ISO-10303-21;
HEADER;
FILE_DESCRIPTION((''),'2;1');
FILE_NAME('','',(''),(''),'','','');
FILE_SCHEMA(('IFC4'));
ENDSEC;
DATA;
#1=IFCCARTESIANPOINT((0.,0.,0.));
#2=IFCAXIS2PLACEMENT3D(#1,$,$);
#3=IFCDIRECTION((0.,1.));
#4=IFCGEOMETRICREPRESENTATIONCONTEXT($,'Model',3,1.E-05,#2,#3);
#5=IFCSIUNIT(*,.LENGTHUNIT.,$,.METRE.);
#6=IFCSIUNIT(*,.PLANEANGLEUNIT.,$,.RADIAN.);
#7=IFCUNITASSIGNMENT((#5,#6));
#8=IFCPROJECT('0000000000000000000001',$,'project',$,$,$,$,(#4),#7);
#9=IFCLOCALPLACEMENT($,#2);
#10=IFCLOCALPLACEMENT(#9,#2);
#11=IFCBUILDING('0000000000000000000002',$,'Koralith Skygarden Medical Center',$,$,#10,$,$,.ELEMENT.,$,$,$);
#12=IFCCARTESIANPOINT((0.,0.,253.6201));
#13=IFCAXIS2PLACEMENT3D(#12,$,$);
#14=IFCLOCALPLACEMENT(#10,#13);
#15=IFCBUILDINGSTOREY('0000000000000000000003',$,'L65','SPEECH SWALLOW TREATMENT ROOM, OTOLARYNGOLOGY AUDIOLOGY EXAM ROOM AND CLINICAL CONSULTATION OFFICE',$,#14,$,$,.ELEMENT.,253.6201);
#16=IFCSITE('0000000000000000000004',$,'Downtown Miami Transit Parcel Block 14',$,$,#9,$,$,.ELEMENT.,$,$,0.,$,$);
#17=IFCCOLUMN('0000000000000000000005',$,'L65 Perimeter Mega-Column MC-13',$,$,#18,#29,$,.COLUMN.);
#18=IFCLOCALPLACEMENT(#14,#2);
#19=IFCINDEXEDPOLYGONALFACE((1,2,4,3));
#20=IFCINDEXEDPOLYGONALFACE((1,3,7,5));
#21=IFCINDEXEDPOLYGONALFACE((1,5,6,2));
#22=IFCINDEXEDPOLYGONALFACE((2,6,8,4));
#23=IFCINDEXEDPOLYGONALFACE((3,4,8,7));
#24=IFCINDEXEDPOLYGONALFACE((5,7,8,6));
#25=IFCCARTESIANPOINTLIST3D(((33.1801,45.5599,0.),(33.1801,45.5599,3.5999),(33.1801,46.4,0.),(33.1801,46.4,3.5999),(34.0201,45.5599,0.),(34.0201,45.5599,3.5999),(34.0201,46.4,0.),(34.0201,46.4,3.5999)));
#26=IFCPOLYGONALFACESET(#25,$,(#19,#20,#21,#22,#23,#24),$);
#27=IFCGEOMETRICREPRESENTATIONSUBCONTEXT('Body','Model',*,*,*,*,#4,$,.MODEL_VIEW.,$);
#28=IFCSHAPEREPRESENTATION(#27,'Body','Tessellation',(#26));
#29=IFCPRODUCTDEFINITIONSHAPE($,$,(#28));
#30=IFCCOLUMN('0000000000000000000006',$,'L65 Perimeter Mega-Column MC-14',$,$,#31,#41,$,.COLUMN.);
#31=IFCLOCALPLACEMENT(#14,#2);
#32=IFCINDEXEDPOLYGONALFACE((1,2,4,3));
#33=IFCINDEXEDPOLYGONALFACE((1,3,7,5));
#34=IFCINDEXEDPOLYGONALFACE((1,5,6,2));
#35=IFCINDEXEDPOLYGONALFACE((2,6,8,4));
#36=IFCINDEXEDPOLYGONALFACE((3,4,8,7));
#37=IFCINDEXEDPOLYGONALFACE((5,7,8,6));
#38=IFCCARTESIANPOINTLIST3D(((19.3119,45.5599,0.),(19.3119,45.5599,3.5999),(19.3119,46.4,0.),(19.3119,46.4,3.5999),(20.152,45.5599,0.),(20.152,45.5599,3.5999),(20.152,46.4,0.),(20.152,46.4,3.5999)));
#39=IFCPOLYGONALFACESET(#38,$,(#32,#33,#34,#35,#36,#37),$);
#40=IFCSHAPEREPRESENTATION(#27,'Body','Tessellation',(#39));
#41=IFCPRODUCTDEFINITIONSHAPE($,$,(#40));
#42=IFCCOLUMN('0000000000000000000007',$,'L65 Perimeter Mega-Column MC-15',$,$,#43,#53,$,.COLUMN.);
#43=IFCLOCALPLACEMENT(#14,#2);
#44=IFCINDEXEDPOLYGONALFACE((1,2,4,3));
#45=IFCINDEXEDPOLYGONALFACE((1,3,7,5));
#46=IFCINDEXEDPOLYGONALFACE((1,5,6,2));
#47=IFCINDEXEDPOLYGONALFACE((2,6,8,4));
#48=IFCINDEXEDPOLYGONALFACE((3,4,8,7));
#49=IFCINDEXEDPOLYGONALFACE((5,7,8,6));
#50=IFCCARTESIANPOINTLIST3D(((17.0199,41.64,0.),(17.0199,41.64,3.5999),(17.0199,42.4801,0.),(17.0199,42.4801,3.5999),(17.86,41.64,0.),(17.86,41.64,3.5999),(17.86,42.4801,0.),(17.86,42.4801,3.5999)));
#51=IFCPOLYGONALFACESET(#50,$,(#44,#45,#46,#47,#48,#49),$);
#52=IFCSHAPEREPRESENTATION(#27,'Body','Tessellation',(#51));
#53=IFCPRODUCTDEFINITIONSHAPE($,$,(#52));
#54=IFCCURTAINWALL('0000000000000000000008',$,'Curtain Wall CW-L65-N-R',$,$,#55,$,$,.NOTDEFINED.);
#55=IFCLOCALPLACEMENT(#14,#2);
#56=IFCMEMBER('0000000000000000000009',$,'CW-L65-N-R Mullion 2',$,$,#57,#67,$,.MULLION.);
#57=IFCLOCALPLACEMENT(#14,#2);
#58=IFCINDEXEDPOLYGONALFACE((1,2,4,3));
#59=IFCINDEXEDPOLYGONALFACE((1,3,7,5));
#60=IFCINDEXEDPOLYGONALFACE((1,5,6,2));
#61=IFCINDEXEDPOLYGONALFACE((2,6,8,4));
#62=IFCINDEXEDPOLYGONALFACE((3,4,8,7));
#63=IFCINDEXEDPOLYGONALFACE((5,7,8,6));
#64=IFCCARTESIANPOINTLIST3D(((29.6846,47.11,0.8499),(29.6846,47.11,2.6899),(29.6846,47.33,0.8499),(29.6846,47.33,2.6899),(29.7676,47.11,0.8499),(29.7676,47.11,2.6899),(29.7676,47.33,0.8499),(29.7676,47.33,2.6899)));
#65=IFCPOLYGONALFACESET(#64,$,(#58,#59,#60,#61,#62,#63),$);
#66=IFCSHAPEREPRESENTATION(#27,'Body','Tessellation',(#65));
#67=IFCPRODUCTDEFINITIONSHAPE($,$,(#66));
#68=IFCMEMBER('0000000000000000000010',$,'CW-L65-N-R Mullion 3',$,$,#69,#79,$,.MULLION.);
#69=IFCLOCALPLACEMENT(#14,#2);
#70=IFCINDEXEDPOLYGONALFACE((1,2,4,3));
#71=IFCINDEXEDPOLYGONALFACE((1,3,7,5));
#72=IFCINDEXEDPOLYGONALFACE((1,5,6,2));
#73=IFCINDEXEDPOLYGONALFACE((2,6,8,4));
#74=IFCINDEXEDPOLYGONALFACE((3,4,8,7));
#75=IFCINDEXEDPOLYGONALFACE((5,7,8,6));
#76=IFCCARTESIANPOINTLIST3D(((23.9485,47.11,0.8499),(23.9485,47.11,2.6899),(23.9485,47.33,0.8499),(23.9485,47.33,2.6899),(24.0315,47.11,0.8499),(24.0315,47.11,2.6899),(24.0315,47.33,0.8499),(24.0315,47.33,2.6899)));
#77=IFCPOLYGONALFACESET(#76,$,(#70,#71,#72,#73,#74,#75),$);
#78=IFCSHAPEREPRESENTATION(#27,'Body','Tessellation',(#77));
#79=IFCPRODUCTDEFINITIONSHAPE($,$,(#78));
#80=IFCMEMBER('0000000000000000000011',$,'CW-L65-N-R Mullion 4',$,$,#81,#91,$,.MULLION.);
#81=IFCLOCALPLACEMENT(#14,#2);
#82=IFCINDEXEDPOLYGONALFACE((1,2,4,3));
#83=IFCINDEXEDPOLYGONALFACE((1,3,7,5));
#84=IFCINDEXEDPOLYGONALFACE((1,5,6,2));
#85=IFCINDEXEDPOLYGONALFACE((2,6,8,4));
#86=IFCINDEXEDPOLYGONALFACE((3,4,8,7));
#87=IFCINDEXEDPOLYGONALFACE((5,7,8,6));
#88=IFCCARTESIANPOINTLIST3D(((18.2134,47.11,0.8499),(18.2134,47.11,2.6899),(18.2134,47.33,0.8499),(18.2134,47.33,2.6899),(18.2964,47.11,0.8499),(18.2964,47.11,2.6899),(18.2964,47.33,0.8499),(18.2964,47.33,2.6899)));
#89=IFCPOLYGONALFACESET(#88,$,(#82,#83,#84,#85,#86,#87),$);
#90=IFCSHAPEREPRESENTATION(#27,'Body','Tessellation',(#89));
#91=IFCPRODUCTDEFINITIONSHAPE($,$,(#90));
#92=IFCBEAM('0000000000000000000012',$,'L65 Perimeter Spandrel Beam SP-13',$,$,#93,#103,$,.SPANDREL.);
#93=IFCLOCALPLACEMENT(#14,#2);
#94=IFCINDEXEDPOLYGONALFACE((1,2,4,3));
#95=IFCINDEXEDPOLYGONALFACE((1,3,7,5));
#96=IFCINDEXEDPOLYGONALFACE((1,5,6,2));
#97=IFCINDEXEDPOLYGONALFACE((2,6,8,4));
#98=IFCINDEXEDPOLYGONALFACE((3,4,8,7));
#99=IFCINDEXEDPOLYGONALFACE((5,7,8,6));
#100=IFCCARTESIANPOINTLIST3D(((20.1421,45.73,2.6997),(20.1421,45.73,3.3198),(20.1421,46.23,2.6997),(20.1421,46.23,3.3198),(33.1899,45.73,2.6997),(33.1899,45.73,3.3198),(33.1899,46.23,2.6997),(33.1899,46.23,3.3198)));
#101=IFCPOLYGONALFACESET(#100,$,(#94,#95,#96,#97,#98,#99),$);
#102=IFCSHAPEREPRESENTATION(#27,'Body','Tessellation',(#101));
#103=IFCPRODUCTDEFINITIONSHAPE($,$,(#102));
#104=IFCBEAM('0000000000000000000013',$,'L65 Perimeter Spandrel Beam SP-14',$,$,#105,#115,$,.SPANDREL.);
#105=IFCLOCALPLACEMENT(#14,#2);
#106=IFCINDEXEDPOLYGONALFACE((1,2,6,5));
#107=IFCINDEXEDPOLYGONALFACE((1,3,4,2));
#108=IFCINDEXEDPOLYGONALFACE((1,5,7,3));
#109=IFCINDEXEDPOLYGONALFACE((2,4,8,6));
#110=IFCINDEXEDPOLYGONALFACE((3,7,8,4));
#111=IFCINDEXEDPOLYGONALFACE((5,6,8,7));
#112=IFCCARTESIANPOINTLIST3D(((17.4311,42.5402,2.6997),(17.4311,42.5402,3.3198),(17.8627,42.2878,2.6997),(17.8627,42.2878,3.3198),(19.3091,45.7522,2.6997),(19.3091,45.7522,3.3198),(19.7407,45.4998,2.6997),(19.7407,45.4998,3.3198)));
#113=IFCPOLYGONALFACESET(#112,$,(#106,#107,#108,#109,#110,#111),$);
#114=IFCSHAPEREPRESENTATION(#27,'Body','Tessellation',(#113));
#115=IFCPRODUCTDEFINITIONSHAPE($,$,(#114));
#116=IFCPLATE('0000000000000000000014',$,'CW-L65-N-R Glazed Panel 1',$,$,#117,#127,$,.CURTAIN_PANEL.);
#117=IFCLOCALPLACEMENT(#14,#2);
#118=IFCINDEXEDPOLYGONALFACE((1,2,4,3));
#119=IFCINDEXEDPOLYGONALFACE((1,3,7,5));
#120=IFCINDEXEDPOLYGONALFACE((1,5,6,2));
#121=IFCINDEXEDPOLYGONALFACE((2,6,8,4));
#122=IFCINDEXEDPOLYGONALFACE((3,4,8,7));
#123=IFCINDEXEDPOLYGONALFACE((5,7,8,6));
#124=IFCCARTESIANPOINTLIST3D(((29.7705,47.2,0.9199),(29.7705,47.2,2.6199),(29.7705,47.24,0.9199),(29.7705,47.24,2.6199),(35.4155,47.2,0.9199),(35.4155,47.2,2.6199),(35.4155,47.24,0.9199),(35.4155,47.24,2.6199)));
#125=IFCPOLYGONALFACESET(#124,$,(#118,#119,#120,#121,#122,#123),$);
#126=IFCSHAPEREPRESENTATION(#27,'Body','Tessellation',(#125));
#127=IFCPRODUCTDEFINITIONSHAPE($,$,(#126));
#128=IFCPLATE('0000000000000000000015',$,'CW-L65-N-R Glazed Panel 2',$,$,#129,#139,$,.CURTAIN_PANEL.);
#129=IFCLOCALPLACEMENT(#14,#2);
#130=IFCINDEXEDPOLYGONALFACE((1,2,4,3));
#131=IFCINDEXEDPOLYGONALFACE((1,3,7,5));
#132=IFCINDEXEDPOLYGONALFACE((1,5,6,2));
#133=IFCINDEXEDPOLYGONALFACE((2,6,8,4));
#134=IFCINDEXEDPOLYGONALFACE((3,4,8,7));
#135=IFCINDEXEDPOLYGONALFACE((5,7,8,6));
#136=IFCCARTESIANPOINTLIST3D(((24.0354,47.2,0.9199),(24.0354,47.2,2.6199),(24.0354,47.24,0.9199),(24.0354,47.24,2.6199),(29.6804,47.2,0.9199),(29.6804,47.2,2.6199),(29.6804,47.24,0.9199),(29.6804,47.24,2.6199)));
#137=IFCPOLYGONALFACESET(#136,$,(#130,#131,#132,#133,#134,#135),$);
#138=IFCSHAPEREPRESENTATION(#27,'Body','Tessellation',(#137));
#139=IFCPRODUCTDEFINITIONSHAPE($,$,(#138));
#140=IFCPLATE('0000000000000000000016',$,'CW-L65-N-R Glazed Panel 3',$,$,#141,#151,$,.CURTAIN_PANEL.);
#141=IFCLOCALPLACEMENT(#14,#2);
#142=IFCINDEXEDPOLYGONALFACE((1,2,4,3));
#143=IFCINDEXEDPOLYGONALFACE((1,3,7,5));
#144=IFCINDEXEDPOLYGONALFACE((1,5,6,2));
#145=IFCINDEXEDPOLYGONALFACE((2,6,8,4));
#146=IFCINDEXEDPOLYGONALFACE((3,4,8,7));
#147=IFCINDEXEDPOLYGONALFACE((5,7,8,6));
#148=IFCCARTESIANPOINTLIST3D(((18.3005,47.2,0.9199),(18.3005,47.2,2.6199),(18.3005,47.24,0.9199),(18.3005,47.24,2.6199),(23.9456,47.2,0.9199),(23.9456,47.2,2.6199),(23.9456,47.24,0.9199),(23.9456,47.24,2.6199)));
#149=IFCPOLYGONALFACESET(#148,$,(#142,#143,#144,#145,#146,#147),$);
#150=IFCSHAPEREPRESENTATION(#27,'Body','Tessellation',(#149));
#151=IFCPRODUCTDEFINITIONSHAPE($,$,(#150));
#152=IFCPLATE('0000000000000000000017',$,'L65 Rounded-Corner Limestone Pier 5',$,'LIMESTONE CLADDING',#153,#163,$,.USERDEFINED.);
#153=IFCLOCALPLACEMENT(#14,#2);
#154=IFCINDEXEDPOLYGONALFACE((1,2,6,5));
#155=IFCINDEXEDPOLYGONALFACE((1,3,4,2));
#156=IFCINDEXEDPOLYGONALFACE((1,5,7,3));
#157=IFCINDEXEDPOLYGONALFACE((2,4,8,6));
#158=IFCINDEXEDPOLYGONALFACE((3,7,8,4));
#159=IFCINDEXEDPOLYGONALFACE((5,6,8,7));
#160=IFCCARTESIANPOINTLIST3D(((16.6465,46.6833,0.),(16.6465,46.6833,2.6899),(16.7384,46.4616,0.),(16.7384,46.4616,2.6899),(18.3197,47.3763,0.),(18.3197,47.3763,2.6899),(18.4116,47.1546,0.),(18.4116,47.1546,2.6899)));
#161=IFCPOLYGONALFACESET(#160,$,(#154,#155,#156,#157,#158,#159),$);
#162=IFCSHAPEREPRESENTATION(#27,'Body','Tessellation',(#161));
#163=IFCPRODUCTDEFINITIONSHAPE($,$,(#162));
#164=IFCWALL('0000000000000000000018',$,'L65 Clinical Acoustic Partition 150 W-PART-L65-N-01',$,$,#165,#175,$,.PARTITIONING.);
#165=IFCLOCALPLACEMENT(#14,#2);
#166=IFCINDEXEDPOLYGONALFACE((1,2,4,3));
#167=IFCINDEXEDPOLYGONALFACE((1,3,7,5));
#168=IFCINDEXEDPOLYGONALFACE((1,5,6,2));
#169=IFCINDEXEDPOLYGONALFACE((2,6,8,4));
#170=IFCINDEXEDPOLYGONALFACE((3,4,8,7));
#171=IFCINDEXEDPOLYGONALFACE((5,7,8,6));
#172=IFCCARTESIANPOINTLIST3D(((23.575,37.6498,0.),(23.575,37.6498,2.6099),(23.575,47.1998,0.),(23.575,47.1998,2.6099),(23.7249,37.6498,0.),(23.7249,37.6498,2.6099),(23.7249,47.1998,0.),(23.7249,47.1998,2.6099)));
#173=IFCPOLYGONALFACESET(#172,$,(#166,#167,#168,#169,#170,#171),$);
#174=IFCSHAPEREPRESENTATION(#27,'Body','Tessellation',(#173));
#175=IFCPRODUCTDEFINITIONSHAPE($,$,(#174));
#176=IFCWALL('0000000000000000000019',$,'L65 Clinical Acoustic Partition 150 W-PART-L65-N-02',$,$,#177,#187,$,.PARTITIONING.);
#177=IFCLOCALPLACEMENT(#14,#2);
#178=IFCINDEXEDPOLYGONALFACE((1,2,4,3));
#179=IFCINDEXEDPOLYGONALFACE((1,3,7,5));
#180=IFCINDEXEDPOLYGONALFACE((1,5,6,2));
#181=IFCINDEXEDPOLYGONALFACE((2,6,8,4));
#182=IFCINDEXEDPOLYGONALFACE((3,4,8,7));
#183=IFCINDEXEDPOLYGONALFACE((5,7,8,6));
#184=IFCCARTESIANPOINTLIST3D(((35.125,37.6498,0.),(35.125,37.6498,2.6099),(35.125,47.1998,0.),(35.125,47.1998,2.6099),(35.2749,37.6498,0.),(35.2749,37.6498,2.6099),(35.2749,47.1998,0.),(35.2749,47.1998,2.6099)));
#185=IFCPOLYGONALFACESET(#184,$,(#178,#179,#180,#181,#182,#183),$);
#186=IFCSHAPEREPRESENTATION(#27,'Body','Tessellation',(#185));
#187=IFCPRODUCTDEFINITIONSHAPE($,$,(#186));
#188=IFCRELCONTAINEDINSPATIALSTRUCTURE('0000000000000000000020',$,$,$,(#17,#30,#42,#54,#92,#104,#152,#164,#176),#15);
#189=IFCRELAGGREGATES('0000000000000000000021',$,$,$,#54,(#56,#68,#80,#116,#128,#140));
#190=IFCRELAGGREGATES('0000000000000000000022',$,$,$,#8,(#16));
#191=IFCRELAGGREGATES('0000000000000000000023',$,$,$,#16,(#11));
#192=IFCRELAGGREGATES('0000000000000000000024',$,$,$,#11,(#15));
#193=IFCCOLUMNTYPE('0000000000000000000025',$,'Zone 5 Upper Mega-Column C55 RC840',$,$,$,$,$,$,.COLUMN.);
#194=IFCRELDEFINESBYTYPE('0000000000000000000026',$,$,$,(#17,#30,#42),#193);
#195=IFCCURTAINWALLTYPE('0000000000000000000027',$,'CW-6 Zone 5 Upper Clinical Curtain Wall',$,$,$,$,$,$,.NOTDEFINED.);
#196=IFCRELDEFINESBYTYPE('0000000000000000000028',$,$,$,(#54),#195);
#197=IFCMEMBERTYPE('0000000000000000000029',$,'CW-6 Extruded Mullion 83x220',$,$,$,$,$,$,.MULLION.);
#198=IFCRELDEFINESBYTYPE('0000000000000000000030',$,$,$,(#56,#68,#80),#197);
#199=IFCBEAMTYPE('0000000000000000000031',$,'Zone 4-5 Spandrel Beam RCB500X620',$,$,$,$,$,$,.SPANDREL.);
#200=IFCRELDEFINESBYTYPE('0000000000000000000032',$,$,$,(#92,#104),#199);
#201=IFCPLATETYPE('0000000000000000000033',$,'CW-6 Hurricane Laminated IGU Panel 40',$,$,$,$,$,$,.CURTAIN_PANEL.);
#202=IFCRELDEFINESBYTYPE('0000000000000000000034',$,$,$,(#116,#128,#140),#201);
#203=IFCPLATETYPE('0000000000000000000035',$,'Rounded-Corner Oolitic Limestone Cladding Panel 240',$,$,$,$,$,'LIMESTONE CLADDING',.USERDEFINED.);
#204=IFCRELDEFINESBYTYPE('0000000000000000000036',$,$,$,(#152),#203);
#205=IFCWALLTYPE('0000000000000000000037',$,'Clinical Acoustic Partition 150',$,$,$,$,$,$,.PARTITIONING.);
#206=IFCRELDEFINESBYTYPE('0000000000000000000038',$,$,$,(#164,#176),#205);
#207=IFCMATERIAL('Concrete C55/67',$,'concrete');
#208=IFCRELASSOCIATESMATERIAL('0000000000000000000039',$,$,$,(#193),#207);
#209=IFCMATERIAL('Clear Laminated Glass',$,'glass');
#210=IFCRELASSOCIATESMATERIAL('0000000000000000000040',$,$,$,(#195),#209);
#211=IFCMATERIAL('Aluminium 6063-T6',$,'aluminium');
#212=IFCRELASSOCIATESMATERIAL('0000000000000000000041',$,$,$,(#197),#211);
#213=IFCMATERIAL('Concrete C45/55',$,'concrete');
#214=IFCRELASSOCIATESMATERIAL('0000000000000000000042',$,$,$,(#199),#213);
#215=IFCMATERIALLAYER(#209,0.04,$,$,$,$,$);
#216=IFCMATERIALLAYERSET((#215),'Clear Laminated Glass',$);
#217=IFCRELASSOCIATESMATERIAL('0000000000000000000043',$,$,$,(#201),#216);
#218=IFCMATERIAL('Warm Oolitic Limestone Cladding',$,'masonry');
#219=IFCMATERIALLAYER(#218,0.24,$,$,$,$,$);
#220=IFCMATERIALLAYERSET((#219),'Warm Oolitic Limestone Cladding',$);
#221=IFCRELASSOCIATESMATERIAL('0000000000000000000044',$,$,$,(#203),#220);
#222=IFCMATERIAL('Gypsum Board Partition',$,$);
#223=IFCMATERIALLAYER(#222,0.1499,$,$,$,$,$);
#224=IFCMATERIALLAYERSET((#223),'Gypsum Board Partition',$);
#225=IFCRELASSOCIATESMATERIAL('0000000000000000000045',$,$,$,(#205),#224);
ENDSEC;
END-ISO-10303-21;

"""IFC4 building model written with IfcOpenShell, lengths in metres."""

from ifc_helpers import new_model, si_unit, direction, frame, frame_2d, origin, origin_2d, place, context, subcontext, project, spatial, rectangle, extrude, material, layer, layer_set, material_profile, profile_set, type_object, element, aggregate, save


model = new_model("IFC4")

# Units and contexts
model_context = context("Model", 3, precision=1e-05, world=origin(), true_north=direction((0.0, 1.0)))
body_context = subcontext(model_context, "Body", "Model", "MODEL_VIEW")
ifc_project = project(units=[si_unit("LENGTHUNIT", "METRE"), si_unit("PLANEANGLEUNIT", "RADIAN")], contexts=[model_context])

# Site, building, storey
site_placement = place(None, origin())
site = spatial("IfcSite", under=ifc_project, at=site_placement, Name="Downtown Miami Transit Parcel Block 14", CompositionType="ELEMENT", RefElevation=0.0)
building_placement = place(site_placement, origin())
building = spatial("IfcBuilding", under=site, at=building_placement, Name="Koralith Skygarden Medical Center", CompositionType="ELEMENT")
storey_placement = place(building_placement, frame((0.0, 0.0, 253.6201)))
storey = spatial("IfcBuildingStorey", under=building, at=storey_placement, Name="L65", Description="SPEECH SWALLOW TREATMENT ROOM, OTOLARYNGOLOGY AUDIOLOGY EXAM ROOM AND CLINICAL CONSULTATION OFFICE", CompositionType="ELEMENT", Elevation=253.6201)

# Columns
ifc_material_1 = material(Name="Concrete C55/67", Category="concrete")
ifc_material_profile_1 = material_profile(ifc_material_1, rectangle(XDim=0.8401, YDim=0.8401, at=origin_2d()), Name="RC840X840")
ifc_profile_set_1 = profile_set([ifc_material_profile_1], Name="Concrete C55/67")
column_type = type_object("IfcColumnType", Name="Zone 5 Upper Mega-Column C55 RC840", PredefinedType="COLUMN", material=ifc_profile_set_1)
for number, where, z_axis, x_axis, name in (
    (1, (33.6001, 45.98, 0.0), (0.0, 0.0, 1.0), (1.0, 0.0, 0.0), "L65 Perimeter Mega-Column MC-13"),
    (2, (19.7319, 45.98, 0.0), (0.0, 0.0, 1.0), (1.0, 0.0, 0.0), "L65 Perimeter Mega-Column MC-14"),
    (3, (17.4399, 42.0601, 0.0), (0.0, 0.0, 1.0), (1.0, 0.0, 0.0), "L65 Perimeter Mega-Column MC-15"),
):
    element("IfcColumn", number, at=place(storey_placement, frame(where, z_axis=z_axis, x_axis=x_axis)), inside=storey, type_object=column_type, Name=name, PredefinedType="COLUMN", context=body_context, shape_type="SweptSolid", body=[
        extrude(rectangle(XDim=0.8401, YDim=0.8401, at=origin_2d()), origin(), (0.0, 0.0, 1.0), 3.5999),
    ])

# Curtain wall, members
ifc_material_2 = material(Name="Clear Laminated Glass", Category="glass")
curtain_wall_type = type_object("IfcCurtainWallType", Name="CW-6 Zone 5 Upper Clinical Curtain Wall", PredefinedType="NOTDEFINED", material=ifc_material_2)
curtain_wall_placement = place(storey_placement, origin())
curtain_wall = element("IfcCurtainWall", 4, at=curtain_wall_placement, inside=storey, type_object=curtain_wall_type, Name="Curtain Wall CW-L65-N-R", PredefinedType="NOTDEFINED")
ifc_material_3 = material(Name="Aluminium 6063-T6", Category="aluminium")
ifc_material_profile_2 = material_profile(ifc_material_3, rectangle(XDim=0.083, YDim=0.22, at=origin_2d()), Name="MUL83X220")
ifc_profile_set_2 = profile_set([ifc_material_profile_2], Name="Aluminium 6063-T6")
member_type = type_object("IfcMemberType", Name="CW-6 Extruded Mullion 83x220", PredefinedType="MULLION", material=ifc_profile_set_2)
member_1_placement = place(storey_placement, frame((29.7261, 47.22, 0.8499), z_axis=(0.0, 0.0, 1.0), x_axis=(1.0, 0.0, 0.0)))
member_1 = element("IfcMember", 5, at=member_1_placement, type_object=member_type, Name="CW-L65-N-R Mullion 2", PredefinedType="MULLION", context=body_context, shape_type="SweptSolid", body=[
    extrude(rectangle(XDim=0.083, YDim=0.22, at=origin_2d()), origin(), (0.0, 0.0, 1.0), 1.8401),
])
member_2_placement = place(storey_placement, frame((23.99, 47.22, 0.8499), z_axis=(0.0, 0.0, 1.0), x_axis=(1.0, 0.0, 0.0)))
member_2 = element("IfcMember", 6, at=member_2_placement, type_object=member_type, Name="CW-L65-N-R Mullion 3", PredefinedType="MULLION", context=body_context, shape_type="SweptSolid", body=[
    extrude(rectangle(XDim=0.083, YDim=0.22, at=origin_2d()), origin(), (0.0, 0.0, 1.0), 1.8401),
])
member_3_placement = place(storey_placement, frame((18.2549, 47.22, 0.8499), z_axis=(0.0, 0.0, 1.0), x_axis=(1.0, 0.0, 0.0)))
member_3 = element("IfcMember", 7, at=member_3_placement, type_object=member_type, Name="CW-L65-N-R Mullion 4", PredefinedType="MULLION", context=body_context, shape_type="SweptSolid", body=[
    extrude(rectangle(XDim=0.083, YDim=0.22, at=origin_2d()), origin(), (0.0, 0.0, 1.0), 1.8401),
])

# Beams
ifc_material_4 = material(Name="Concrete C45/55", Category="concrete")
ifc_material_profile_3 = material_profile(ifc_material_4, rectangle(XDim=0.5, YDim=0.6201, at=origin_2d()), Name="RCB500X620")
ifc_profile_set_3 = profile_set([ifc_material_profile_3], Name="Concrete C45/55")
beam_type = type_object("IfcBeamType", Name="Zone 4-5 Spandrel Beam RCB500X620", PredefinedType="SPANDREL", material=ifc_profile_set_3)
beam_1_placement = place(storey_placement, frame((33.1899, 45.98, 3.0098), z_axis=(-1.0, 0.0, 0.0), x_axis=(0.0, -1.0, 0.0)))
element("IfcBeam", 8, at=beam_1_placement, inside=storey, type_object=beam_type, Name="L65 Perimeter Spandrel Beam SP-13", PredefinedType="SPANDREL", context=body_context, shape_type="SweptSolid", body=[
    extrude(rectangle(XDim=0.5, YDim=0.6201, at=origin_2d()), origin(), (0.0, 0.0, 1.0), 13.0479),
])
beam_2_placement = place(storey_placement, frame((19.5249, 45.626, 3.0098), z_axis=(-0.504736, -0.863274, 0.0), x_axis=(0.863274, -0.504736, 0.0)))
element("IfcBeam", 9, at=beam_2_placement, inside=storey, type_object=beam_type, Name="L65 Perimeter Spandrel Beam SP-14", PredefinedType="SPANDREL", context=body_context, shape_type="SweptSolid", body=[
    extrude(rectangle(XDim=0.5, YDim=0.6201, at=origin_2d()), origin(), (0.0, 0.0, 1.0), 3.7207),
])

# Plates
ifc_layer_1 = layer(ifc_material_2, 0.04)
ifc_layer_set_1 = layer_set([ifc_layer_1], Name="Clear Laminated Glass")
plate_type_1 = type_object("IfcPlateType", Name="CW-6 Hurricane Laminated IGU Panel 40", PredefinedType="CURTAIN_PANEL", material=ifc_layer_set_1)
plate_1_placement = place(storey_placement, frame((32.593, 47.22, 0.9199), z_axis=(0.0, 0.0, 1.0), x_axis=(-1.0, 0.0, 0.0)))
plate_1 = element("IfcPlate", 10, at=plate_1_placement, type_object=plate_type_1, Name="CW-L65-N-R Glazed Panel 1", PredefinedType="CURTAIN_PANEL", context=body_context, shape_type="SweptSolid", body=[
    extrude(rectangle(XDim=5.645, YDim=0.04, at=origin_2d()), origin(), (0.0, 0.0, 1.0), 1.7),
])
plate_2_placement = place(storey_placement, frame((26.8579, 47.22, 0.9199), z_axis=(0.0, 0.0, 1.0), x_axis=(-1.0, 0.0, 0.0)))
plate_2 = element("IfcPlate", 11, at=plate_2_placement, type_object=plate_type_1, Name="CW-L65-N-R Glazed Panel 2", PredefinedType="CURTAIN_PANEL", context=body_context, shape_type="SweptSolid", body=[
    extrude(rectangle(XDim=5.645, YDim=0.04, at=origin_2d()), origin(), (0.0, 0.0, 1.0), 1.7),
])
plate_3_placement = place(storey_placement, frame((21.123, 47.22, 0.9199), z_axis=(0.0, 0.0, 1.0), x_axis=(-1.0, 0.0, 0.0)))
plate_3 = element("IfcPlate", 12, at=plate_3_placement, type_object=plate_type_1, Name="CW-L65-N-R Glazed Panel 3", PredefinedType="CURTAIN_PANEL", context=body_context, shape_type="SweptSolid", body=[
    extrude(rectangle(XDim=5.645, YDim=0.04, at=origin_2d()), origin(), (0.0, 0.0, 1.0), 1.7),
])
aggregate(curtain_wall, [member_1, member_2, member_3, plate_1, plate_2, plate_3])
ifc_material_5 = material(Name="Warm Oolitic Limestone Cladding", Category="masonry")
ifc_layer_2 = layer(ifc_material_5, 0.24)
ifc_layer_set_2 = layer_set([ifc_layer_2], Name="Warm Oolitic Limestone Cladding")
plate_type_2 = type_object("IfcPlateType", Name="Rounded-Corner Oolitic Limestone Cladding Panel 240", ElementType="LIMESTONE CLADDING", PredefinedType="USERDEFINED", material=ifc_layer_set_2)
plate_4_placement = place(storey_placement, frame((17.5291, 46.9189, 0.0), z_axis=(0.0, 0.0, 1.0), x_axis=(-0.923885, -0.382671, 0.0)))
element("IfcPlate", 13, at=plate_4_placement, inside=storey, type_object=plate_type_2, Name="L65 Rounded-Corner Limestone Pier 5", ObjectType="LIMESTONE CLADDING", PredefinedType="USERDEFINED", context=body_context, shape_type="SweptSolid", body=[
    extrude(rectangle(XDim=1.811, YDim=0.24, at=origin_2d()), origin(), (0.0, 0.0, 1.0), 2.6899),
])

# Walls
ifc_material_6 = material(Name="Gypsum Board Partition")
ifc_layer_3 = layer(ifc_material_6, 0.1499)
ifc_layer_set_3 = layer_set([ifc_layer_3], Name="Gypsum Board Partition")
wall_type_1 = type_object("IfcWallType", Name="Clinical Acoustic Partition 150", PredefinedType="PARTITIONING", material=ifc_layer_set_3)
for number, where, z_axis, x_axis, name in (
    (14, (23.6499, 37.6499, 0.0), (0.0, 0.0, 1.0), (0.0, 1.0, 0.0), "L65 Clinical Acoustic Partition 150 W-PART-L65-N-01"),
    (15, (35.2, 37.6499, 0.0), (0.0, 0.0, 1.0), (0.0, 1.0, 0.0), "L65 Clinical Acoustic Partition 150 W-PART-L65-N-02"),
):
    element("IfcWall", number, at=place(storey_placement, frame(where, z_axis=z_axis, x_axis=x_axis)), inside=storey, type_object=wall_type_1, Name=name, PredefinedType="PARTITIONING", context=body_context, shape_type="SweptSolid", body=[
        extrude(rectangle(XDim=9.55, YDim=0.1499, at=frame_2d((4.7749, 0.0))), origin(), (0.0, 0.0, 1.0), 2.6099),
    ])

save(model, "model.ifc")
